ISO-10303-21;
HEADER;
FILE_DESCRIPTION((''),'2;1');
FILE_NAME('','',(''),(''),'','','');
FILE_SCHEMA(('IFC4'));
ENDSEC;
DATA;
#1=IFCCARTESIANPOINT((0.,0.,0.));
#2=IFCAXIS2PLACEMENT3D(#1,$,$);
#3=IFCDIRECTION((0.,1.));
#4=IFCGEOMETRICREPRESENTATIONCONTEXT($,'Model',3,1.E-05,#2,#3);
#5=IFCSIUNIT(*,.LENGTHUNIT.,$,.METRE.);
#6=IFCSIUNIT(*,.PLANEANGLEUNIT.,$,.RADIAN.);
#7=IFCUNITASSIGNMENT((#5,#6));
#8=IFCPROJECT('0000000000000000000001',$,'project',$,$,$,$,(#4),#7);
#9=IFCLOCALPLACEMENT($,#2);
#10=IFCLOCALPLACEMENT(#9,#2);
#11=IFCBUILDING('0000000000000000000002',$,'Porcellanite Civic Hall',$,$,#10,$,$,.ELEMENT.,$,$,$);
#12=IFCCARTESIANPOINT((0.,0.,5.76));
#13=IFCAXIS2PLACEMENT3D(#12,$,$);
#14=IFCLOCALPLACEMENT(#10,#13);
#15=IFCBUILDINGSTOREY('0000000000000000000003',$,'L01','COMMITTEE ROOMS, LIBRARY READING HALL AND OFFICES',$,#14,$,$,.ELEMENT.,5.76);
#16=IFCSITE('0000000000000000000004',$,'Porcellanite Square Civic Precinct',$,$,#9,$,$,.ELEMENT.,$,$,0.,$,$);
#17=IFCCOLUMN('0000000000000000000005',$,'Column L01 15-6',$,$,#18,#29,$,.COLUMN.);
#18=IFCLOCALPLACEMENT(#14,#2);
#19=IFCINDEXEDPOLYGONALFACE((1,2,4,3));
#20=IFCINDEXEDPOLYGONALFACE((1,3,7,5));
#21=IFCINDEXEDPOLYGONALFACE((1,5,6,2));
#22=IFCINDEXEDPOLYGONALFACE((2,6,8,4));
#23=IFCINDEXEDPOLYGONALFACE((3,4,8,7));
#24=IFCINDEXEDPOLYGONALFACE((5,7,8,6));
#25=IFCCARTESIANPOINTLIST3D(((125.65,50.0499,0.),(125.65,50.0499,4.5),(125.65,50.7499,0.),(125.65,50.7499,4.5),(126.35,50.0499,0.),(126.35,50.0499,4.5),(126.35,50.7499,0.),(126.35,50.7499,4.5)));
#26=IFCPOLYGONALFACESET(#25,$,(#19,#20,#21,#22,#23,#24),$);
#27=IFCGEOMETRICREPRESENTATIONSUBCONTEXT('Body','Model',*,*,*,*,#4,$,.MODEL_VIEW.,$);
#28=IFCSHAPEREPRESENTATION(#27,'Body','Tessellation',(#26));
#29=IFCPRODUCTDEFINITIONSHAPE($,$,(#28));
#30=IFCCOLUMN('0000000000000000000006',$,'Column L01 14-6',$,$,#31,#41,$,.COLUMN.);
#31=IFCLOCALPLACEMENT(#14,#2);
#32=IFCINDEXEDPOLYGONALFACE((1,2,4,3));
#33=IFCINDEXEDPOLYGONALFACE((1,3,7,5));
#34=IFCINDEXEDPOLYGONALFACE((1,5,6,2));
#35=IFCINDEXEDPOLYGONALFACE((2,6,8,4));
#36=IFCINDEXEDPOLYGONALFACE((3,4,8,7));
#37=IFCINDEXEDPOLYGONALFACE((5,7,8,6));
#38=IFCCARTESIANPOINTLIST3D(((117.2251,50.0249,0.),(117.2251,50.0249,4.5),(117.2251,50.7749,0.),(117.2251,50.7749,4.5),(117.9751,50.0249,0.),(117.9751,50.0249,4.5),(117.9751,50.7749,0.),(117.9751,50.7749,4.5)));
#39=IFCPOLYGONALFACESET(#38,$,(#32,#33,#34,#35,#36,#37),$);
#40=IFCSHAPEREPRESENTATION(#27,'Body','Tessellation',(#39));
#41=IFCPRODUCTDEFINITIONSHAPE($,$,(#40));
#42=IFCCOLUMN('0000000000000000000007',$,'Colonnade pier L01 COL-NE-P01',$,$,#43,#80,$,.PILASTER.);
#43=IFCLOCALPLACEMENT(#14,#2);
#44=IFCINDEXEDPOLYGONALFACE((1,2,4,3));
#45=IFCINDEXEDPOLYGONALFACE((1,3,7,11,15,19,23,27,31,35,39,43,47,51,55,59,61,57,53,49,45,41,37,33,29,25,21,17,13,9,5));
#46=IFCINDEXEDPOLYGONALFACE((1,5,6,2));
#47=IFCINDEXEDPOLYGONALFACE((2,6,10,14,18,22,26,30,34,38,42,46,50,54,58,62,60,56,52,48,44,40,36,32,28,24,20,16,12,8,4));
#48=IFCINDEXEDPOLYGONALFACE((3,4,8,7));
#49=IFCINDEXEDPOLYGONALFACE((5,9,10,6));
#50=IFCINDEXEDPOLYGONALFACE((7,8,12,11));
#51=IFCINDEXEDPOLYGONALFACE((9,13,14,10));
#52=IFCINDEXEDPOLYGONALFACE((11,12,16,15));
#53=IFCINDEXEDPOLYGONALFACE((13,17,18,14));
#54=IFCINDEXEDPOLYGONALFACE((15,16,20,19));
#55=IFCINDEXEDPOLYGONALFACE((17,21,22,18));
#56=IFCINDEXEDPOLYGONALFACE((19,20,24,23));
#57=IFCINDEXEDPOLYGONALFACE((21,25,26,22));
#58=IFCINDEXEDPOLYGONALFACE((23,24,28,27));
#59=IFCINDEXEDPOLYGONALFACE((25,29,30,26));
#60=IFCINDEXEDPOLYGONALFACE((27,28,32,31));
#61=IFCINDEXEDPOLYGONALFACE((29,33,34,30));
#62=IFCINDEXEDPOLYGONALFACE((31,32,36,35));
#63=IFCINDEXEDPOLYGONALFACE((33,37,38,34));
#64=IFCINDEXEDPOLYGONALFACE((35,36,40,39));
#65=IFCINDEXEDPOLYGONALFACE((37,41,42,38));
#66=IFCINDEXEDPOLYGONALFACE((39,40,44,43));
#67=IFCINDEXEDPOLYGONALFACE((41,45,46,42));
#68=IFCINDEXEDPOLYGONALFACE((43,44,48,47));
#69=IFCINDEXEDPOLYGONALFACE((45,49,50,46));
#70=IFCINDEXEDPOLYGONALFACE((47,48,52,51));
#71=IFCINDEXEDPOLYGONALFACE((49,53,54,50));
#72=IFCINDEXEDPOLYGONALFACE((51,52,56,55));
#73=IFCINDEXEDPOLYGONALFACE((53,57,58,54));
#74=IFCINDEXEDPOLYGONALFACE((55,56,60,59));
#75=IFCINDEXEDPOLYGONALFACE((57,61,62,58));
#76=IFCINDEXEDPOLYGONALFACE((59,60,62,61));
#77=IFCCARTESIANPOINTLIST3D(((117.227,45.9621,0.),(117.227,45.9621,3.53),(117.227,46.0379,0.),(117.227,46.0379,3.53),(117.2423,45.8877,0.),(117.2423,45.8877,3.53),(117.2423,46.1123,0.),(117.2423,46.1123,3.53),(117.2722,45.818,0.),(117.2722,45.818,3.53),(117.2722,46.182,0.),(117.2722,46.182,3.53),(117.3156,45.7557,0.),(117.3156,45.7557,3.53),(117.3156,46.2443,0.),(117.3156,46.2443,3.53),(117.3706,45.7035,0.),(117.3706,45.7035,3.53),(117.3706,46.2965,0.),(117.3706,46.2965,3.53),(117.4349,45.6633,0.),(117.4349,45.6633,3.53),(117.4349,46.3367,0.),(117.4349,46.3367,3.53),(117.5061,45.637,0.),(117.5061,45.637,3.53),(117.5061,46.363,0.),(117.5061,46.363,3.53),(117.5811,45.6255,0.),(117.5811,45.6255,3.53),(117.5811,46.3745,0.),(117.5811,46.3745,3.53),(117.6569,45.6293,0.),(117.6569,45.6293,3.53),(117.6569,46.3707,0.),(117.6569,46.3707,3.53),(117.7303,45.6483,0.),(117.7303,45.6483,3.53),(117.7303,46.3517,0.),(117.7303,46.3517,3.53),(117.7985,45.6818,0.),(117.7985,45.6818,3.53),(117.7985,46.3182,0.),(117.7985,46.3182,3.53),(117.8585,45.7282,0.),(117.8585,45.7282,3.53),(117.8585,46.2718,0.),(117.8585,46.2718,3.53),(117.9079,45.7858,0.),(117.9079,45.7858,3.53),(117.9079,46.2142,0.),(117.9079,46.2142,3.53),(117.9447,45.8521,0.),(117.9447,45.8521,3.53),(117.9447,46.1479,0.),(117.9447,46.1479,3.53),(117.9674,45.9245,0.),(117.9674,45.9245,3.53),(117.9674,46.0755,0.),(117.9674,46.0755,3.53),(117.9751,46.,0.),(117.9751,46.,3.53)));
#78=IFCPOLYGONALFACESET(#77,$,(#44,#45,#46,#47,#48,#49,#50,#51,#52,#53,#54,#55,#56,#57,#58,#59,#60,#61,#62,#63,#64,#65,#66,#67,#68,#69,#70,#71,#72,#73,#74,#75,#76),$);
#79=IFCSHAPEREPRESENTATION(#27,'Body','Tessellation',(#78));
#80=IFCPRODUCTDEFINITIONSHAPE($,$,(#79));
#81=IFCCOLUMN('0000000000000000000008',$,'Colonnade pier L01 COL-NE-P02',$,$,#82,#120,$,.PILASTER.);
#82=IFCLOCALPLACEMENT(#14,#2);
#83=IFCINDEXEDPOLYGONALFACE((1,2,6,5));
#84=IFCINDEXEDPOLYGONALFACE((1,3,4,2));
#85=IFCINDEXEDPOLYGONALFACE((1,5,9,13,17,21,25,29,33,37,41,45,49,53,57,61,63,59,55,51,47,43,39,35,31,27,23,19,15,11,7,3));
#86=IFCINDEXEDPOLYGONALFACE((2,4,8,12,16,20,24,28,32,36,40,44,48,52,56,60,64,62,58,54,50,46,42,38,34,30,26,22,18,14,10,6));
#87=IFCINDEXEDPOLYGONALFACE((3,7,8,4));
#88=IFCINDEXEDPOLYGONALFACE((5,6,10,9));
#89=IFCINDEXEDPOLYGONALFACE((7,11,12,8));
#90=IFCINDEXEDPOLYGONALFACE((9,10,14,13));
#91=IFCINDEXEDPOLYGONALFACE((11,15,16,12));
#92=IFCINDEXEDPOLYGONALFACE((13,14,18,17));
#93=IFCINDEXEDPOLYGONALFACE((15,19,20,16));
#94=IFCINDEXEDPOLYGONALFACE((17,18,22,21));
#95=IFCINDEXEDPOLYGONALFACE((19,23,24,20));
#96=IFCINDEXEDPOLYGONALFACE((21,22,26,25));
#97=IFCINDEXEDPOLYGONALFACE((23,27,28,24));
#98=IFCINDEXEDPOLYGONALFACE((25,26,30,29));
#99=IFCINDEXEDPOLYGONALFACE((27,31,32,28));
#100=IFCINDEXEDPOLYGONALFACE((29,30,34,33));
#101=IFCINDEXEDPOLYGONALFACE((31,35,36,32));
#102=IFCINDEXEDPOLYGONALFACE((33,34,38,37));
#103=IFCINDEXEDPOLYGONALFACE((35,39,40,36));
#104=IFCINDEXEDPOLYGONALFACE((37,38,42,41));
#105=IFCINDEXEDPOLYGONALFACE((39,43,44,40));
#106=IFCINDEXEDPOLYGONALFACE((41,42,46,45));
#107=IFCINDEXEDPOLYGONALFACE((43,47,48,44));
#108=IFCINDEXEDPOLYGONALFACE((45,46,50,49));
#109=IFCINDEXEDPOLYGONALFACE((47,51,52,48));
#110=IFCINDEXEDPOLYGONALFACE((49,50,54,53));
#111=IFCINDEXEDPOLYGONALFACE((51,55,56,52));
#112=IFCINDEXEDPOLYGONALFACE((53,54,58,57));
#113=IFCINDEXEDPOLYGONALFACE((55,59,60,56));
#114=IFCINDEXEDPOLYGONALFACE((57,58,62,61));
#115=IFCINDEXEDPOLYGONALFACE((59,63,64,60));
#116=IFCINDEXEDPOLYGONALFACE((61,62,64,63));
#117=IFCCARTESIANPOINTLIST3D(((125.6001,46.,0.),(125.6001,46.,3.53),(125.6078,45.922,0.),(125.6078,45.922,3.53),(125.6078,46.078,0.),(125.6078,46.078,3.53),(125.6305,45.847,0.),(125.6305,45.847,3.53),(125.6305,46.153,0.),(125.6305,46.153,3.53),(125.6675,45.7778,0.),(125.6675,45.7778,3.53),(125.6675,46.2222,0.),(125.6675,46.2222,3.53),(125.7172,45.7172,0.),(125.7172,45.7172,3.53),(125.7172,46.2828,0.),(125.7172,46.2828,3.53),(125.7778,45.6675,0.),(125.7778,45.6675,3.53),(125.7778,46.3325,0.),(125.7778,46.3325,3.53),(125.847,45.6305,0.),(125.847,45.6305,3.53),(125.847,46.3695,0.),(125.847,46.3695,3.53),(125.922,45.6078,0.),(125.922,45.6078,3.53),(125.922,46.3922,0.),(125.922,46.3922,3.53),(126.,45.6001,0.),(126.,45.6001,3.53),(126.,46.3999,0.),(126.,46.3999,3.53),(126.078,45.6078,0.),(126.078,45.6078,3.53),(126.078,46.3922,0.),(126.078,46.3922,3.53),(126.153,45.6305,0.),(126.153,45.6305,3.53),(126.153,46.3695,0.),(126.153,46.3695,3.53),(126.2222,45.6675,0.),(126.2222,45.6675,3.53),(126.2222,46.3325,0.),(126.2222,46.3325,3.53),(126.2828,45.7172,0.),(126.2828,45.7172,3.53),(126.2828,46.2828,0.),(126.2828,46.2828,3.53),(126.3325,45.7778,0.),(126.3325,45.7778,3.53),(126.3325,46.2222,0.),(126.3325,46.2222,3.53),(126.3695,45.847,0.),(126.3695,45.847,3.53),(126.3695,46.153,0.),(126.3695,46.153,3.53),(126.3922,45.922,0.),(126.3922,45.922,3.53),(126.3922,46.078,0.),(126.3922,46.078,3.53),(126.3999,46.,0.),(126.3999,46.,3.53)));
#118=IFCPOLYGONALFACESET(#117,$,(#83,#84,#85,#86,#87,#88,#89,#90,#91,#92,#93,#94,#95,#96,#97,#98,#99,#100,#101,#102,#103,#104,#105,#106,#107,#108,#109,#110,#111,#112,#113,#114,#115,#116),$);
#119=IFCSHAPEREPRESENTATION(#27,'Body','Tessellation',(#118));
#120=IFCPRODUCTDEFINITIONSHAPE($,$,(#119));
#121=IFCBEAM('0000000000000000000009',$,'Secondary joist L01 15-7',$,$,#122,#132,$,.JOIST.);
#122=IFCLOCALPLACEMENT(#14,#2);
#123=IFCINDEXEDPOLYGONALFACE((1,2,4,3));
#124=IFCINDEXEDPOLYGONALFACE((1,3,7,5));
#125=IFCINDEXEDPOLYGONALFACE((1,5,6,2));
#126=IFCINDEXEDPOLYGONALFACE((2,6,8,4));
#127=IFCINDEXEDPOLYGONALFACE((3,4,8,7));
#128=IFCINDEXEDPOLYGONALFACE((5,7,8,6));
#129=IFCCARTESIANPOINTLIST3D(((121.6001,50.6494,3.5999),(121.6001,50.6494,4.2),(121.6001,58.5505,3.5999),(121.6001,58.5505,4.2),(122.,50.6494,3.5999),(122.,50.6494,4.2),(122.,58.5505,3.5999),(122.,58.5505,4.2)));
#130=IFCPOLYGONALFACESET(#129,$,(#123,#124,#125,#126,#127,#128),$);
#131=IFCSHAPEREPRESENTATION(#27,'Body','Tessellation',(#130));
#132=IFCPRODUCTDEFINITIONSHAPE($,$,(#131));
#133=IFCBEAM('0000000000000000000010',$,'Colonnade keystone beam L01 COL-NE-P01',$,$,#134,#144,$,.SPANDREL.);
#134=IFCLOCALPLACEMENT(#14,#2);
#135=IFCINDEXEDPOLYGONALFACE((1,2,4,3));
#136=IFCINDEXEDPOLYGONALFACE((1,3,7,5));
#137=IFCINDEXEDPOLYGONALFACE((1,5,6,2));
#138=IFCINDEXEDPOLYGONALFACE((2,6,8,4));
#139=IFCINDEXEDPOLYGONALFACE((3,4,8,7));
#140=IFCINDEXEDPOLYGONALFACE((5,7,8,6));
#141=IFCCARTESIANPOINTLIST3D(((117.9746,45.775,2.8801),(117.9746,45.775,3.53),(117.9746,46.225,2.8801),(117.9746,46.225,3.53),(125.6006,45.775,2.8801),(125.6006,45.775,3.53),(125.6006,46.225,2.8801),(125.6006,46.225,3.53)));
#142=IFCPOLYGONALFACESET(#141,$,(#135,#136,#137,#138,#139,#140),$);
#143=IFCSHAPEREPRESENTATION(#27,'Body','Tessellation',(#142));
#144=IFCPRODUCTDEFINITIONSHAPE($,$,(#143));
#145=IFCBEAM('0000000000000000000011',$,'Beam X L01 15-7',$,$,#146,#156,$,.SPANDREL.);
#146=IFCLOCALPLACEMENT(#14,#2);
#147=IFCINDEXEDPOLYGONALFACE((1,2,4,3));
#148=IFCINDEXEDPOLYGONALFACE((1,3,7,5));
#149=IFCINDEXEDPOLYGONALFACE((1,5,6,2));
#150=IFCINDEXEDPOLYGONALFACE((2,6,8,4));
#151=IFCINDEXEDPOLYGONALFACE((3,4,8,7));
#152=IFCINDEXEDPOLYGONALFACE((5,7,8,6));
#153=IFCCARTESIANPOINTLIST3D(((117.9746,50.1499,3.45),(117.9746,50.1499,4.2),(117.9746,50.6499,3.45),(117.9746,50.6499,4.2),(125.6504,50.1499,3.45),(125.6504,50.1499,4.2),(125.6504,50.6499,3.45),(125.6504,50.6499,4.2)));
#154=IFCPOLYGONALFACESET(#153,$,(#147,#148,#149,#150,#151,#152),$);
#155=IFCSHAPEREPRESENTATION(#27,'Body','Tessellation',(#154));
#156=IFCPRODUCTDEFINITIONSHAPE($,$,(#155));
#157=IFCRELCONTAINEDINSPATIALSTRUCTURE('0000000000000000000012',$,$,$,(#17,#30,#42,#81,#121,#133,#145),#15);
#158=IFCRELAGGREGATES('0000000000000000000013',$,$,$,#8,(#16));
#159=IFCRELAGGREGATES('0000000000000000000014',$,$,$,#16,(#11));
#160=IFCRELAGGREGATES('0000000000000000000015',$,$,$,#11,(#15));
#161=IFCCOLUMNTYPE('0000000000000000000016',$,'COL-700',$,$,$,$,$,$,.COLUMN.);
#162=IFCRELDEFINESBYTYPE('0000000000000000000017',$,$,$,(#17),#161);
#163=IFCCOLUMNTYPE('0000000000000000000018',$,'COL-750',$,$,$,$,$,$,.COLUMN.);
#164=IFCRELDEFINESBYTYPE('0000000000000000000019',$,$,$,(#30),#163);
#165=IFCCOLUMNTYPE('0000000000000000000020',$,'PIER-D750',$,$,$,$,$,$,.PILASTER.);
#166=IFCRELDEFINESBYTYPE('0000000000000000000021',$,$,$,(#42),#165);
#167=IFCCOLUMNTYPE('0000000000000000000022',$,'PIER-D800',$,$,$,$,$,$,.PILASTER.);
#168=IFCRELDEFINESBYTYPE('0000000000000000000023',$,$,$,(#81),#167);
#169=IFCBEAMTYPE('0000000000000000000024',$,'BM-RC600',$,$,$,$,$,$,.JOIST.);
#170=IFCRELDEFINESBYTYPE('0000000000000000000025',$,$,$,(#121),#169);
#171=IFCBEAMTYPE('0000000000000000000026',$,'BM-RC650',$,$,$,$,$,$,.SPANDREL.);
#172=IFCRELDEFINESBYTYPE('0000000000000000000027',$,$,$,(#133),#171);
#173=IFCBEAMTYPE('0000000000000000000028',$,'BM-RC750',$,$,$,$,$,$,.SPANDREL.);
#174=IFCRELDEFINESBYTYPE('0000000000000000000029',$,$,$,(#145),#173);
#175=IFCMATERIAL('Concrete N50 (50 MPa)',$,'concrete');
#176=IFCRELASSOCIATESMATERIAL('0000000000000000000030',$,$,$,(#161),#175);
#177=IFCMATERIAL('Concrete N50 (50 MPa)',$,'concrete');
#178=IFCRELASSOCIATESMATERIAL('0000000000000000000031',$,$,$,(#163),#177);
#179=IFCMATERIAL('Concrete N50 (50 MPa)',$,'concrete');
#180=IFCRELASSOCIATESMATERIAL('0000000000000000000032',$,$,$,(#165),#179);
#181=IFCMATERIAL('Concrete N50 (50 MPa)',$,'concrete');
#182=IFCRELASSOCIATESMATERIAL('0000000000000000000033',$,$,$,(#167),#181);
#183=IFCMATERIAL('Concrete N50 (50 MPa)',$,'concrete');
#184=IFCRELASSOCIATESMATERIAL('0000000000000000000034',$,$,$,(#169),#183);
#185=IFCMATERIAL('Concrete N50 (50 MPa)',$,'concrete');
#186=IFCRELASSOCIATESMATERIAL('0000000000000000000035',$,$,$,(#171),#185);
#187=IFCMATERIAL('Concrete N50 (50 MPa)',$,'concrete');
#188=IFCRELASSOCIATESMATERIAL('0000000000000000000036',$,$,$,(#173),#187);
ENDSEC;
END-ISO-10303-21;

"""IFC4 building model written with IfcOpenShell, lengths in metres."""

from ifc_helpers import new_model, si_unit, direction, frame, origin, origin_2d, place, context, subcontext, project, spatial, rectangle, circle, extrude, material, material_profile, profile_set, type_object, element, save


model = new_model("IFC4")

# Units and contexts
model_context = context("Model", 3, precision=1e-05, world=origin(), true_north=direction((0.0, 1.0)))
body_context = subcontext(model_context, "Body", "Model", "MODEL_VIEW")
ifc_project = project(units=[si_unit("LENGTHUNIT", "METRE"), si_unit("PLANEANGLEUNIT", "RADIAN")], contexts=[model_context])

# Site, building, storey
site_placement = place(None, origin())
site = spatial("IfcSite", under=ifc_project, at=site_placement, Name="Porcellanite Square Civic Precinct", CompositionType="ELEMENT", RefElevation=0.0)
building_placement = place(site_placement, origin())
building = spatial("IfcBuilding", under=site, at=building_placement, Name="Porcellanite Civic Hall", CompositionType="ELEMENT")
storey_placement = place(building_placement, frame((0.0, 0.0, 5.76)))
storey = spatial("IfcBuildingStorey", under=building, at=storey_placement, Name="L01", Description="COMMITTEE ROOMS, LIBRARY READING HALL AND OFFICES", CompositionType="ELEMENT", Elevation=5.76)

# Columns
ifc_material_1 = material(Name="Concrete N50 (50 MPa)", Category="concrete")
ifc_material_profile_1 = material_profile(ifc_material_1, rectangle(XDim=0.7, YDim=0.7, at=origin_2d()), Name="RC-700x700")
ifc_profile_set_1 = profile_set([ifc_material_profile_1], Name="Concrete N50 (50 MPa)")
column_type_1 = type_object("IfcColumnType", Name="COL-700", PredefinedType="COLUMN", material=ifc_profile_set_1)
column_1_placement = place(storey_placement, frame((126.0, 50.3999, 0.0), z_axis=(0.0, 0.0, 1.0), x_axis=(1.0, 0.0, 0.0)))
element("IfcColumn", 1, at=column_1_placement, inside=storey, type_object=column_type_1, Name="Column L01 15-6", PredefinedType="COLUMN", context=body_context, shape_type="SweptSolid", body=[
    extrude(rectangle(XDim=0.7, YDim=0.7, at=origin_2d()), origin(), (0.0, 0.0, 1.0), 4.5),
])
ifc_material_2 = material(Name="Concrete N50 (50 MPa)", Category="concrete")
ifc_material_profile_2 = material_profile(ifc_material_2, rectangle(XDim=0.75, YDim=0.75, at=origin_2d()), Name="RC-750x750")
ifc_profile_set_2 = profile_set([ifc_material_profile_2], Name="Concrete N50 (50 MPa)")
column_type_2 = type_object("IfcColumnType", Name="COL-750", PredefinedType="COLUMN", material=ifc_profile_set_2)
column_2_placement = place(storey_placement, frame((117.6001, 50.3999, 0.0), z_axis=(0.0, 0.0, 1.0), x_axis=(1.0, 0.0, 0.0)))
element("IfcColumn", 2, at=column_2_placement, inside=storey, type_object=column_type_2, Name="Column L01 14-6", PredefinedType="COLUMN", context=body_context, shape_type="SweptSolid", body=[
    extrude(rectangle(XDim=0.75, YDim=0.75, at=origin_2d()), origin(), (0.0, 0.0, 1.0), 4.5),
])
ifc_material_3 = material(Name="Concrete N50 (50 MPa)", Category="concrete")
ifc_material_profile_3 = material_profile(ifc_material_3, circle(Radius=0.375, at=origin_2d()), Name="RC-D750")
ifc_profile_set_3 = profile_set([ifc_material_profile_3], Name="Concrete N50 (50 MPa)")
column_type_3 = type_object("IfcColumnType", Name="PIER-D750", PredefinedType="PILASTER", material=ifc_profile_set_3)
column_3_placement = place(storey_placement, frame((117.6001, 46.0, 0.0), z_axis=(0.0, 0.0, 1.0), x_axis=(1.0, 0.0, 0.0)))
element("IfcColumn", 3, at=column_3_placement, inside=storey, type_object=column_type_3, Name="Colonnade pier L01 COL-NE-P01", PredefinedType="PILASTER", context=body_context, shape_type="SweptSolid", body=[
    extrude(circle(Radius=0.375, at=origin_2d()), origin(), (0.0, 0.0, 1.0), 3.53),
])
ifc_material_4 = material(Name="Concrete N50 (50 MPa)", Category="concrete")
ifc_material_profile_4 = material_profile(ifc_material_4, circle(Radius=0.3999, at=origin_2d()), Name="RC-D800")
ifc_profile_set_4 = profile_set([ifc_material_profile_4], Name="Concrete N50 (50 MPa)")
column_type_4 = type_object("IfcColumnType", Name="PIER-D800", PredefinedType="PILASTER", material=ifc_profile_set_4)
column_4_placement = place(storey_placement, frame((126.0, 46.0, 0.0), z_axis=(0.0, 0.0, 1.0), x_axis=(1.0, 0.0, 0.0)))
element("IfcColumn", 4, at=column_4_placement, inside=storey, type_object=column_type_4, Name="Colonnade pier L01 COL-NE-P02", PredefinedType="PILASTER", context=body_context, shape_type="SweptSolid", body=[
    extrude(circle(Radius=0.3999, at=origin_2d()), origin(), (0.0, 0.0, 1.0), 3.53),
])

# Beams
ifc_material_5 = material(Name="Concrete N50 (50 MPa)", Category="concrete")
ifc_material_profile_5 = material_profile(ifc_material_5, rectangle(XDim=0.3999, YDim=0.6001, at=origin_2d()), Name="RC-400x600")
ifc_profile_set_5 = profile_set([ifc_material_profile_5], Name="Concrete N50 (50 MPa)")
beam_type_1 = type_object("IfcBeamType", Name="BM-RC600", PredefinedType="JOIST", material=ifc_profile_set_5)
beam_1_placement = place(storey_placement, frame((121.8, 50.6494, 3.8999), z_axis=(0.0, 1.0, 0.0), x_axis=(-1.0, 0.0, 0.0)))
element("IfcBeam", 5, at=beam_1_placement, inside=storey, type_object=beam_type_1, Name="Secondary joist L01 15-7", PredefinedType="JOIST", context=body_context, shape_type="SweptSolid", body=[
    extrude(rectangle(XDim=0.3999, YDim=0.6001, at=origin_2d()), origin(), (0.0, 0.0, 1.0), 7.9011),
])
ifc_material_6 = material(Name="Concrete N50 (50 MPa)", Category="concrete")
ifc_material_profile_6 = material_profile(ifc_material_6, rectangle(XDim=0.45, YDim=0.6499, at=origin_2d()), Name="RC-450x650")
ifc_profile_set_6 = profile_set([ifc_material_profile_6], Name="Concrete N50 (50 MPa)")
beam_type_2 = type_object("IfcBeamType", Name="BM-RC650", PredefinedType="SPANDREL", material=ifc_profile_set_6)
beam_2_placement = place(storey_placement, frame((117.9746, 46.0, 3.2051), z_axis=(1.0, 0.0, 0.0), x_axis=(0.0, 1.0, 0.0)))
element("IfcBeam", 6, at=beam_2_placement, inside=storey, type_object=beam_type_2, Name="Colonnade keystone beam L01 COL-NE-P01", PredefinedType="SPANDREL", context=body_context, shape_type="SweptSolid", body=[
    extrude(rectangle(XDim=0.45, YDim=0.6499, at=origin_2d()), origin(), (0.0, 0.0, 1.0), 7.626),
])
ifc_material_7 = material(Name="Concrete N50 (50 MPa)", Category="concrete")
ifc_material_profile_7 = material_profile(ifc_material_7, rectangle(XDim=0.5, YDim=0.75, at=origin_2d()), Name="RC-500x750")
ifc_profile_set_7 = profile_set([ifc_material_profile_7], Name="Concrete N50 (50 MPa)")
beam_type_3 = type_object("IfcBeamType", Name="BM-RC750", PredefinedType="SPANDREL", material=ifc_profile_set_7)
beam_3_placement = place(storey_placement, frame((117.9746, 50.3999, 3.825), z_axis=(1.0, 0.0, 0.0), x_axis=(0.0, 1.0, 0.0)))
element("IfcBeam", 7, at=beam_3_placement, inside=storey, type_object=beam_type_3, Name="Beam X L01 15-7", PredefinedType="SPANDREL", context=body_context, shape_type="SweptSolid", body=[
    extrude(rectangle(XDim=0.5, YDim=0.75, at=origin_2d()), origin(), (0.0, 0.0, 1.0), 7.6758),
])

save(model, "model.ifc")
